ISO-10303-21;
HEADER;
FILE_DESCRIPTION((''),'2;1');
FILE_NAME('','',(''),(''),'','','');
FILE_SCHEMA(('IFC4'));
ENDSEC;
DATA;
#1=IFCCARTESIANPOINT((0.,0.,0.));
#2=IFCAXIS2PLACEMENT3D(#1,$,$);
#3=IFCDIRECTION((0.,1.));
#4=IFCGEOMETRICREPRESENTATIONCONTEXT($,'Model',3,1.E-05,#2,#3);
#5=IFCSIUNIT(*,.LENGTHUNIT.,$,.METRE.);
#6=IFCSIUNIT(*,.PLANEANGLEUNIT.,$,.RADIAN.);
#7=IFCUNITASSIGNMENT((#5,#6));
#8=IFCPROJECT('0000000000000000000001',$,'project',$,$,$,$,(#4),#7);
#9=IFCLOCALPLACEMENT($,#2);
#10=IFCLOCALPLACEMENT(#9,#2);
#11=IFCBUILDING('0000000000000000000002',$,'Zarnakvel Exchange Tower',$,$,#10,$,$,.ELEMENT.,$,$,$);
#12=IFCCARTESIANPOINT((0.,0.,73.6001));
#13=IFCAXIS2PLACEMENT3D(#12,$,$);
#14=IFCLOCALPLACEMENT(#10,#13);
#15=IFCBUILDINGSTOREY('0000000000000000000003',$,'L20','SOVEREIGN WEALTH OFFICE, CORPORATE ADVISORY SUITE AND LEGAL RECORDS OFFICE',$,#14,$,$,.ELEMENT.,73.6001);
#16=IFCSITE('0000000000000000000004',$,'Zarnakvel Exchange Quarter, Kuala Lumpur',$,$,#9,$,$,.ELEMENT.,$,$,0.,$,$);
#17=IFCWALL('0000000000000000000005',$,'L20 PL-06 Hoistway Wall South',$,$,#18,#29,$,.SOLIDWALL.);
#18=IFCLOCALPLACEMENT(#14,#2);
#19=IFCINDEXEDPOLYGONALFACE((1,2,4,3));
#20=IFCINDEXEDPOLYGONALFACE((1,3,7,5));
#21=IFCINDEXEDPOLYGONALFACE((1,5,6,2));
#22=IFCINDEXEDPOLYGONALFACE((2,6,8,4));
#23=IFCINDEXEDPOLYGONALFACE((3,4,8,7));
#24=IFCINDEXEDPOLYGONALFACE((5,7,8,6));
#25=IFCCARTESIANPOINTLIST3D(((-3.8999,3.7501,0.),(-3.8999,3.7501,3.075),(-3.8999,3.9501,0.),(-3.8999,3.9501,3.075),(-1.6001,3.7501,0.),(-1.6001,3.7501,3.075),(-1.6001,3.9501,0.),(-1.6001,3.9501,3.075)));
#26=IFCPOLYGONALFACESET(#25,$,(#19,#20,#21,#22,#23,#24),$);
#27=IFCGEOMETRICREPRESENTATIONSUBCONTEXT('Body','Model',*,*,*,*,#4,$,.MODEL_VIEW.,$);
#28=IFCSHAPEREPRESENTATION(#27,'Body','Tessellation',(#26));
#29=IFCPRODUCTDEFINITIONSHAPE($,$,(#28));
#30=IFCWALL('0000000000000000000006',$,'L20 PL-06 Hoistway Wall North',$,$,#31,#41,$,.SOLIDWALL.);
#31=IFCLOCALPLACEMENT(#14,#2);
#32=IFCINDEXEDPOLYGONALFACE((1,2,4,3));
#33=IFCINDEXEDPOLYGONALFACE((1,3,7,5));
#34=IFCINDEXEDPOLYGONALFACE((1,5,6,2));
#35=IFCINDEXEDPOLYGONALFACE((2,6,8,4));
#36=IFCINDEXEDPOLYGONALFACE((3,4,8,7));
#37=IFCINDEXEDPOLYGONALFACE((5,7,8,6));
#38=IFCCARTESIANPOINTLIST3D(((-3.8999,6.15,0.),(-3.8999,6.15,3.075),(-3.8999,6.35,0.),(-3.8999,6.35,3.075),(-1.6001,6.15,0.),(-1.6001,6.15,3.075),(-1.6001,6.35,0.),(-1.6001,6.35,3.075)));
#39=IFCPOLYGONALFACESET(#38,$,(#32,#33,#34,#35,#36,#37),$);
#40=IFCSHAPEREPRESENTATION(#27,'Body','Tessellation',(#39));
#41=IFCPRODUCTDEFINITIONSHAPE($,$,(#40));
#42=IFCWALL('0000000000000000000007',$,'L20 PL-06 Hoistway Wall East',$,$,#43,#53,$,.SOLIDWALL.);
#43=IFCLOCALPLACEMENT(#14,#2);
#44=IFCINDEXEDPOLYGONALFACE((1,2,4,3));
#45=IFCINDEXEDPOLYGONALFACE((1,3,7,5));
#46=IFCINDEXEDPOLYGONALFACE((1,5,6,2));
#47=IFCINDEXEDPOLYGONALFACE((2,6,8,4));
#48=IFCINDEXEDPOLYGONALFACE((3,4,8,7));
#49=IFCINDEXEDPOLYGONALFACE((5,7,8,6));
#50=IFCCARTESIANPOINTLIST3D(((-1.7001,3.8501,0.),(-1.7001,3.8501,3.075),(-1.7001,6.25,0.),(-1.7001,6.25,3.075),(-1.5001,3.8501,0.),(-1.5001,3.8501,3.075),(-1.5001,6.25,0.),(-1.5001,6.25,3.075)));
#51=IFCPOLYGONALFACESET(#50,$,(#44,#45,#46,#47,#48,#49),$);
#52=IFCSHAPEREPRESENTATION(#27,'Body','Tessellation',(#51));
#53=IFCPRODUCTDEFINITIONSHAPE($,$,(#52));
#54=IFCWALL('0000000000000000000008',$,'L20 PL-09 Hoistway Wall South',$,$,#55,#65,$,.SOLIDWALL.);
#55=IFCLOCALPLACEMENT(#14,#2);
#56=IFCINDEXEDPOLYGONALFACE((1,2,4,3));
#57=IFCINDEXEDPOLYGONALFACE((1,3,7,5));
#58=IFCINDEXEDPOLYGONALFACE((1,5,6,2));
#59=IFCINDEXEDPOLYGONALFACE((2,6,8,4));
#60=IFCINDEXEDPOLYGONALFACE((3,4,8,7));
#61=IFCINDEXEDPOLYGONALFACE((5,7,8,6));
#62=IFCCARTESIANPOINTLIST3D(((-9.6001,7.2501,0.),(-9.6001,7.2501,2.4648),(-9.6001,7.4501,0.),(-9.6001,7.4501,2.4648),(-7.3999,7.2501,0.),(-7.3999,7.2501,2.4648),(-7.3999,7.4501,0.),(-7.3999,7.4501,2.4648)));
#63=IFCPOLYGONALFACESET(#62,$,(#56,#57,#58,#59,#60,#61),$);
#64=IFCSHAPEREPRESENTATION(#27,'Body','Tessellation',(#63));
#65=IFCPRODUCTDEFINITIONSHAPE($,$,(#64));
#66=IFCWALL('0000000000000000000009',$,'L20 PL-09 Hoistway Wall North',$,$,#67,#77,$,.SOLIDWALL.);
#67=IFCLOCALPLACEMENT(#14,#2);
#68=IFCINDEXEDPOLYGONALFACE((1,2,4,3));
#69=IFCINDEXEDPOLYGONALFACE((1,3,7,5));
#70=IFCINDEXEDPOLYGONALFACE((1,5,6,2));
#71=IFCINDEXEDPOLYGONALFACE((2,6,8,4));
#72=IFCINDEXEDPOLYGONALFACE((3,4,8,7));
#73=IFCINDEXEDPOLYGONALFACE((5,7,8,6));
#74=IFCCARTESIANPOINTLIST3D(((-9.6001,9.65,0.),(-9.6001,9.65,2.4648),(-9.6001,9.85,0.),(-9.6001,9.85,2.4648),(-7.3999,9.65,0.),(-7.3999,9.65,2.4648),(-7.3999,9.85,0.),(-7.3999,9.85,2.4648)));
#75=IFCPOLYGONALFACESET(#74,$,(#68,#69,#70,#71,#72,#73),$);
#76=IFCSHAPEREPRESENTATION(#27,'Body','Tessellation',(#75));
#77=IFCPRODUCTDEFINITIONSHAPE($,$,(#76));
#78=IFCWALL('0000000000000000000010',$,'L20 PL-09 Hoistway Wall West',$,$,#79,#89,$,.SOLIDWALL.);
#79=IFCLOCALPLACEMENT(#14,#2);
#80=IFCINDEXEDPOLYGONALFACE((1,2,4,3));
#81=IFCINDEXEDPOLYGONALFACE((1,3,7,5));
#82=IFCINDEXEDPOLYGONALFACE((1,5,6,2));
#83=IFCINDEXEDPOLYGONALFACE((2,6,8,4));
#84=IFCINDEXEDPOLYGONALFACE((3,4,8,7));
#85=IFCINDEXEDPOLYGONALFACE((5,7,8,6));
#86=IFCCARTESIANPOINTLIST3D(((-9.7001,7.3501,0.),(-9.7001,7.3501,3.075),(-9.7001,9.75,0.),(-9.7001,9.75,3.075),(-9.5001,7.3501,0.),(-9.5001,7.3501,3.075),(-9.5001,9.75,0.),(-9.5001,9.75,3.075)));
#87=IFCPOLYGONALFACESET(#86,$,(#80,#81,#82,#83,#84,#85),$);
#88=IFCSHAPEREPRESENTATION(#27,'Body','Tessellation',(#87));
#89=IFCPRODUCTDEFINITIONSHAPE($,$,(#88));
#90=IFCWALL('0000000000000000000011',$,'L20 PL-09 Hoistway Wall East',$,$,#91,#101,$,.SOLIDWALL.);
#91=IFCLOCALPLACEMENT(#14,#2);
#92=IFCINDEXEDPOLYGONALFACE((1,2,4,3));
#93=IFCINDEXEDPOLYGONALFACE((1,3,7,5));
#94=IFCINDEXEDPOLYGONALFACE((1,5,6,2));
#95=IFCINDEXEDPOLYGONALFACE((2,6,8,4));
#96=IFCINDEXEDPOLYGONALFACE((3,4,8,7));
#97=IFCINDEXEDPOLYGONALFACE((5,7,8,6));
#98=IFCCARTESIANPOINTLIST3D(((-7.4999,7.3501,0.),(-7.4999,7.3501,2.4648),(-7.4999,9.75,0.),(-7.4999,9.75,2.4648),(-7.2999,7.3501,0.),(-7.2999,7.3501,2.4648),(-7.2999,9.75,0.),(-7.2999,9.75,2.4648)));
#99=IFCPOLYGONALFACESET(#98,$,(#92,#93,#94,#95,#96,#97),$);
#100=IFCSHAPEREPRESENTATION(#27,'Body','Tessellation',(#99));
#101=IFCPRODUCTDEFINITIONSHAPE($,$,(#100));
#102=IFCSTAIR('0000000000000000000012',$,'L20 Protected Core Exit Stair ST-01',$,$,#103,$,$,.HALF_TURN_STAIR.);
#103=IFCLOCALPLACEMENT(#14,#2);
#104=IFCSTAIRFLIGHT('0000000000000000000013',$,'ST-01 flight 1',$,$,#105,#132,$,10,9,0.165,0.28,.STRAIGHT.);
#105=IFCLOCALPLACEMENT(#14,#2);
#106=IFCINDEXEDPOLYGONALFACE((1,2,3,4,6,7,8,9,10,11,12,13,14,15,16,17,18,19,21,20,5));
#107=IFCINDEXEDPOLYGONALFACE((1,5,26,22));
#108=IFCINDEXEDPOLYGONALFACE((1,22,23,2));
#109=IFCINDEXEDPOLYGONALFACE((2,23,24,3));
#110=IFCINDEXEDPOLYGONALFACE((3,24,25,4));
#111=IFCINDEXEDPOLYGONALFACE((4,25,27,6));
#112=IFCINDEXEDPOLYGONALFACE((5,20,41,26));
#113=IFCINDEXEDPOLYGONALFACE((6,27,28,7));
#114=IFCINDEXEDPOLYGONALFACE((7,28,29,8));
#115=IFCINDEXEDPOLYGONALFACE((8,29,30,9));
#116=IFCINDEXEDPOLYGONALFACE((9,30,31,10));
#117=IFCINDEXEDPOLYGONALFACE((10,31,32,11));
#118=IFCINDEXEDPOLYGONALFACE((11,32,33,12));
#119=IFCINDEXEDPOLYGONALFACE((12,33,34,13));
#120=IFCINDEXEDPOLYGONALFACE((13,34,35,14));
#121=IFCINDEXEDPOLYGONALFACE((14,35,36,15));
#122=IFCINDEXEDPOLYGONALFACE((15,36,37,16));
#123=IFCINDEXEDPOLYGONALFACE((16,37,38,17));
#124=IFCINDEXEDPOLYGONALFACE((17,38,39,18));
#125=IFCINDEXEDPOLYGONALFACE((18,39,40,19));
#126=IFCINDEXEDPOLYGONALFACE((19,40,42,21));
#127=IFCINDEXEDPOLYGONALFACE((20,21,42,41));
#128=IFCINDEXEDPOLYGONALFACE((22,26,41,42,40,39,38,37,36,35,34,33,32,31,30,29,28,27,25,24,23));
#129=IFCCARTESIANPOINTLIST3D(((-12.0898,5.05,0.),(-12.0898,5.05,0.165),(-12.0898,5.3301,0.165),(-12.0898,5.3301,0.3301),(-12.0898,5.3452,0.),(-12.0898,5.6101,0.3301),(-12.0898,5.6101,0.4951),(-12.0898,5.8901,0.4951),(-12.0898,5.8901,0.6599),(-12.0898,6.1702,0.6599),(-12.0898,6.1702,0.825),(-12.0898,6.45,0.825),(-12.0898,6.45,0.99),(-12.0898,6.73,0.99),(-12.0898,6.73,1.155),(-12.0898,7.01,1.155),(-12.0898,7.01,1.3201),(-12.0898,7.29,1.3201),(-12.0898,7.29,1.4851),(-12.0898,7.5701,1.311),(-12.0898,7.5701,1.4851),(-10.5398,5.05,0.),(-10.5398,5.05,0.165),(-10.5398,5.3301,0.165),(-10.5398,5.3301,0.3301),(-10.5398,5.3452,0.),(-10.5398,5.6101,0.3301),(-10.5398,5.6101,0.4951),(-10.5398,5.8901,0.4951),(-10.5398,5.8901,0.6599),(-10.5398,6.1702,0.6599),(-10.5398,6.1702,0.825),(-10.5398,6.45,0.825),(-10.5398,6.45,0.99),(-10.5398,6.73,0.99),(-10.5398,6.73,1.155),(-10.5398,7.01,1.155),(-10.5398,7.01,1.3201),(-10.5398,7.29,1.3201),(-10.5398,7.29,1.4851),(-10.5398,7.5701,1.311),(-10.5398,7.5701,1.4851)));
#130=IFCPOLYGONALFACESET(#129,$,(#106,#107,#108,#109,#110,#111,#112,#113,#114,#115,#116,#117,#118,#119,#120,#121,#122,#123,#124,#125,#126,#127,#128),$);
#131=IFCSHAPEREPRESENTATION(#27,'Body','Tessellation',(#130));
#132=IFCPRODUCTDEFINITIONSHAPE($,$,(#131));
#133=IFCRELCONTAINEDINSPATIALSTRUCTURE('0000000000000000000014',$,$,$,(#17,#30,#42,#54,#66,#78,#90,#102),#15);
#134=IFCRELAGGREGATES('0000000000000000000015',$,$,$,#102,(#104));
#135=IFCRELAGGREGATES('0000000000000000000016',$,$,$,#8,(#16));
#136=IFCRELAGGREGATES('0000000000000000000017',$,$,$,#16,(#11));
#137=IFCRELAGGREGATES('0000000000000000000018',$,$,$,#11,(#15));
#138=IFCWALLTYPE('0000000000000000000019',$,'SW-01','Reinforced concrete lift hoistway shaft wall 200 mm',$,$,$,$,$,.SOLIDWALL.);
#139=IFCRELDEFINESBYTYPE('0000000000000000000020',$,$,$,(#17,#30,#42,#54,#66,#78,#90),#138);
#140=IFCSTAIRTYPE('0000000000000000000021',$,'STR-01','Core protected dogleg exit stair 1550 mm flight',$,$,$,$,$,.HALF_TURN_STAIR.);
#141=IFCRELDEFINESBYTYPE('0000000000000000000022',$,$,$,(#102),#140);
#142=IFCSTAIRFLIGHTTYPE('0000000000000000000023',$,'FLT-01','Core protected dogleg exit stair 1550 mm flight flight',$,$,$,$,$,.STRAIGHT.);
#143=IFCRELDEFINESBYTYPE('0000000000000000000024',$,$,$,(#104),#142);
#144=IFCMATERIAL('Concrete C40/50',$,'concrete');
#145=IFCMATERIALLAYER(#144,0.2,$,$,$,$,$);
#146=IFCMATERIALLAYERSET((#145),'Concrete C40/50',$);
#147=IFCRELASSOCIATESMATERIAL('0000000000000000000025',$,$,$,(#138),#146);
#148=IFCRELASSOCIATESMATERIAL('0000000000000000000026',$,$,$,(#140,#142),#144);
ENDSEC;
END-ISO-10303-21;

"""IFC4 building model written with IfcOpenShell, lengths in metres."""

from ifc_helpers import new_model, si_unit, direction, frame, frame_2d, origin, place, context, subcontext, project, spatial, polyline, rectangle, outline, extrude, material, layer, layer_set, type_object, element, aggregate, save


model = new_model("IFC4")

# Units and contexts
model_context = context("Model", 3, precision=1e-05, world=origin(), true_north=direction((0.0, 1.0)))
body_context = subcontext(model_context, "Body", "Model", "MODEL_VIEW")
ifc_project = project(units=[si_unit("LENGTHUNIT", "METRE"), si_unit("PLANEANGLEUNIT", "RADIAN")], contexts=[model_context])

# Site, building, storey
site_placement = place(None, origin())
site = spatial("IfcSite", under=ifc_project, at=site_placement, Name="Zarnakvel Exchange Quarter, Kuala Lumpur", CompositionType="ELEMENT", RefElevation=0.0)
building_placement = place(site_placement, origin())
building = spatial("IfcBuilding", under=site, at=building_placement, Name="Zarnakvel Exchange Tower", CompositionType="ELEMENT")
storey_placement = place(building_placement, frame((0.0, 0.0, 73.6001)))
storey = spatial("IfcBuildingStorey", under=building, at=storey_placement, Name="L20", Description="SOVEREIGN WEALTH OFFICE, CORPORATE ADVISORY SUITE AND LEGAL RECORDS OFFICE", CompositionType="ELEMENT", Elevation=73.6001)

# Shared definitions
ifc_material_1 = material(Name="Concrete C40/50", Category="concrete")
ifc_layer_1 = layer(ifc_material_1, 0.2)
ifc_layer_set_1 = layer_set([ifc_layer_1], Name="Concrete C40/50")
wall_type_1 = type_object("IfcWallType", Name="SW-01", Description="Reinforced concrete lift hoistway shaft wall 200 mm", PredefinedType="SOLIDWALL", material=ifc_layer_set_1)

# Walls
for number, where, z_axis, x_axis, name in (
    (1, (-1.6001, 3.8501, 0.0), (0.0, 0.0, 1.0), (-1.0, 0.0, 0.0), "L20 PL-06 Hoistway Wall South"),
    (2, (-3.8999, 6.25, 0.0), (0.0, 0.0, 1.0), (1.0, 0.0, 0.0), "L20 PL-06 Hoistway Wall North"),
):
    element("IfcWall", number, at=place(storey_placement, frame(where, z_axis=z_axis, x_axis=x_axis)), inside=storey, type_object=wall_type_1, Name=name, PredefinedType="SOLIDWALL", context=body_context, shape_type="SweptSolid", body=[
        extrude(rectangle(XDim=2.2998, YDim=0.2, at=frame_2d((1.1499, 0.0))), origin(), (0.0, 0.0, 1.0), 3.075),
    ])
wall_1_placement = place(storey_placement, frame((-1.6001, 6.25, 0.0), z_axis=(0.0, 0.0, 1.0), x_axis=(0.0, -1.0, 0.0)))
element("IfcWall", 3, at=wall_1_placement, inside=storey, type_object=wall_type_1, Name="L20 PL-06 Hoistway Wall East", PredefinedType="SOLIDWALL", context=body_context, shape_type="SweptSolid", body=[
    extrude(rectangle(XDim=2.3999, YDim=0.2, at=frame_2d((1.2, 0.0))), origin(), (0.0, 0.0, 1.0), 3.075),
])
for number, where, z_axis, x_axis, name in (
    (4, (-7.3999, 7.3501, 0.0), (0.0, 0.0, 1.0), (-1.0, 0.0, 0.0), "L20 PL-09 Hoistway Wall South"),
    (5, (-9.6001, 9.75, 0.0), (0.0, 0.0, 1.0), (1.0, 0.0, 0.0), "L20 PL-09 Hoistway Wall North"),
):
    element("IfcWall", number, at=place(storey_placement, frame(where, z_axis=z_axis, x_axis=x_axis)), inside=storey, type_object=wall_type_1, Name=name, PredefinedType="SOLIDWALL", context=body_context, shape_type="SweptSolid", body=[
        extrude(rectangle(XDim=2.2002, YDim=0.2, at=frame_2d((1.1001, 0.0))), origin(), (0.0, 0.0, 1.0), 2.4648),
    ])
wall_2_placement = place(storey_placement, frame((-9.6001, 7.3501, 0.0), z_axis=(0.0, 0.0, 1.0), x_axis=(0.0, 1.0, 0.0)))
element("IfcWall", 6, at=wall_2_placement, inside=storey, type_object=wall_type_1, Name="L20 PL-09 Hoistway Wall West", PredefinedType="SOLIDWALL", context=body_context, shape_type="SweptSolid", body=[
    extrude(rectangle(XDim=2.3999, YDim=0.2, at=frame_2d((1.2, 0.0))), origin(), (0.0, 0.0, 1.0), 3.075),
])
wall_3_placement = place(storey_placement, frame((-7.3999, 9.75, 0.0), z_axis=(0.0, 0.0, 1.0), x_axis=(0.0, -1.0, 0.0)))
element("IfcWall", 7, at=wall_3_placement, inside=storey, type_object=wall_type_1, Name="L20 PL-09 Hoistway Wall East", PredefinedType="SOLIDWALL", context=body_context, shape_type="SweptSolid", body=[
    extrude(rectangle(XDim=2.3999, YDim=0.2, at=frame_2d((1.2, 0.0))), origin(), (0.0, 0.0, 1.0), 2.4648),
])

# Stair, stair flight
stair_type = type_object("IfcStairType", Name="STR-01", Description="Core protected dogleg exit stair 1550 mm flight", PredefinedType="HALF_TURN_STAIR", material=ifc_material_1)
stair_placement = place(storey_placement, origin())
stair = element("IfcStair", 8, at=stair_placement, inside=storey, type_object=stair_type, Name="L20 Protected Core Exit Stair ST-01", PredefinedType="HALF_TURN_STAIR")
stair_flight_type = type_object("IfcStairFlightType", Name="FLT-01", Description="Core protected dogleg exit stair 1550 mm flight flight", PredefinedType="STRAIGHT", material=ifc_material_1)
stair_flight_placement = place(storey_placement, frame((-11.3149, 5.05, 0.0), z_axis=(0.0, 0.0, 1.0), x_axis=(0.0, 1.0, 0.0)))
stair_flight = element("IfcStairFlight", 9, at=stair_flight_placement, type_object=stair_flight_type, Name="ST-01 flight 1", NumberOfRisers=10, NumberOfTreads=9, PredefinedType="STRAIGHT", RiserHeight=0.165, TreadLength=0.28, context=body_context, shape_type="SweptSolid", body=[
    extrude(outline(polyline([(0.0, 0.0), (0.0, 0.165), (0.28, 0.165), (0.28, 0.3301), (0.5601, 0.3301), (0.5601, 0.4951), (0.8401, 0.4951), (0.8401, 0.6599), (1.1201, 0.6599), (1.1201, 0.825), (1.3999, 0.825), (1.3999, 0.99), (1.6799, 0.99), (1.6799, 1.155), (1.96, 1.155), (1.96, 1.3201), (2.24, 1.3201), (2.24, 1.4851), (2.52, 1.4851), (2.52, 1.6499), (2.52, 1.311), (0.2952, 0.0), (0.0, 0.0)])), frame((0.0, 0.7749, 0.0), z_axis=(0.0, -1.0, 0.0), x_axis=(1.0, 0.0, 0.0)), (0.0, 0.0, 1.0), 1.55),
])
aggregate(stair, [stair_flight])

save(model, "model.ifc")
